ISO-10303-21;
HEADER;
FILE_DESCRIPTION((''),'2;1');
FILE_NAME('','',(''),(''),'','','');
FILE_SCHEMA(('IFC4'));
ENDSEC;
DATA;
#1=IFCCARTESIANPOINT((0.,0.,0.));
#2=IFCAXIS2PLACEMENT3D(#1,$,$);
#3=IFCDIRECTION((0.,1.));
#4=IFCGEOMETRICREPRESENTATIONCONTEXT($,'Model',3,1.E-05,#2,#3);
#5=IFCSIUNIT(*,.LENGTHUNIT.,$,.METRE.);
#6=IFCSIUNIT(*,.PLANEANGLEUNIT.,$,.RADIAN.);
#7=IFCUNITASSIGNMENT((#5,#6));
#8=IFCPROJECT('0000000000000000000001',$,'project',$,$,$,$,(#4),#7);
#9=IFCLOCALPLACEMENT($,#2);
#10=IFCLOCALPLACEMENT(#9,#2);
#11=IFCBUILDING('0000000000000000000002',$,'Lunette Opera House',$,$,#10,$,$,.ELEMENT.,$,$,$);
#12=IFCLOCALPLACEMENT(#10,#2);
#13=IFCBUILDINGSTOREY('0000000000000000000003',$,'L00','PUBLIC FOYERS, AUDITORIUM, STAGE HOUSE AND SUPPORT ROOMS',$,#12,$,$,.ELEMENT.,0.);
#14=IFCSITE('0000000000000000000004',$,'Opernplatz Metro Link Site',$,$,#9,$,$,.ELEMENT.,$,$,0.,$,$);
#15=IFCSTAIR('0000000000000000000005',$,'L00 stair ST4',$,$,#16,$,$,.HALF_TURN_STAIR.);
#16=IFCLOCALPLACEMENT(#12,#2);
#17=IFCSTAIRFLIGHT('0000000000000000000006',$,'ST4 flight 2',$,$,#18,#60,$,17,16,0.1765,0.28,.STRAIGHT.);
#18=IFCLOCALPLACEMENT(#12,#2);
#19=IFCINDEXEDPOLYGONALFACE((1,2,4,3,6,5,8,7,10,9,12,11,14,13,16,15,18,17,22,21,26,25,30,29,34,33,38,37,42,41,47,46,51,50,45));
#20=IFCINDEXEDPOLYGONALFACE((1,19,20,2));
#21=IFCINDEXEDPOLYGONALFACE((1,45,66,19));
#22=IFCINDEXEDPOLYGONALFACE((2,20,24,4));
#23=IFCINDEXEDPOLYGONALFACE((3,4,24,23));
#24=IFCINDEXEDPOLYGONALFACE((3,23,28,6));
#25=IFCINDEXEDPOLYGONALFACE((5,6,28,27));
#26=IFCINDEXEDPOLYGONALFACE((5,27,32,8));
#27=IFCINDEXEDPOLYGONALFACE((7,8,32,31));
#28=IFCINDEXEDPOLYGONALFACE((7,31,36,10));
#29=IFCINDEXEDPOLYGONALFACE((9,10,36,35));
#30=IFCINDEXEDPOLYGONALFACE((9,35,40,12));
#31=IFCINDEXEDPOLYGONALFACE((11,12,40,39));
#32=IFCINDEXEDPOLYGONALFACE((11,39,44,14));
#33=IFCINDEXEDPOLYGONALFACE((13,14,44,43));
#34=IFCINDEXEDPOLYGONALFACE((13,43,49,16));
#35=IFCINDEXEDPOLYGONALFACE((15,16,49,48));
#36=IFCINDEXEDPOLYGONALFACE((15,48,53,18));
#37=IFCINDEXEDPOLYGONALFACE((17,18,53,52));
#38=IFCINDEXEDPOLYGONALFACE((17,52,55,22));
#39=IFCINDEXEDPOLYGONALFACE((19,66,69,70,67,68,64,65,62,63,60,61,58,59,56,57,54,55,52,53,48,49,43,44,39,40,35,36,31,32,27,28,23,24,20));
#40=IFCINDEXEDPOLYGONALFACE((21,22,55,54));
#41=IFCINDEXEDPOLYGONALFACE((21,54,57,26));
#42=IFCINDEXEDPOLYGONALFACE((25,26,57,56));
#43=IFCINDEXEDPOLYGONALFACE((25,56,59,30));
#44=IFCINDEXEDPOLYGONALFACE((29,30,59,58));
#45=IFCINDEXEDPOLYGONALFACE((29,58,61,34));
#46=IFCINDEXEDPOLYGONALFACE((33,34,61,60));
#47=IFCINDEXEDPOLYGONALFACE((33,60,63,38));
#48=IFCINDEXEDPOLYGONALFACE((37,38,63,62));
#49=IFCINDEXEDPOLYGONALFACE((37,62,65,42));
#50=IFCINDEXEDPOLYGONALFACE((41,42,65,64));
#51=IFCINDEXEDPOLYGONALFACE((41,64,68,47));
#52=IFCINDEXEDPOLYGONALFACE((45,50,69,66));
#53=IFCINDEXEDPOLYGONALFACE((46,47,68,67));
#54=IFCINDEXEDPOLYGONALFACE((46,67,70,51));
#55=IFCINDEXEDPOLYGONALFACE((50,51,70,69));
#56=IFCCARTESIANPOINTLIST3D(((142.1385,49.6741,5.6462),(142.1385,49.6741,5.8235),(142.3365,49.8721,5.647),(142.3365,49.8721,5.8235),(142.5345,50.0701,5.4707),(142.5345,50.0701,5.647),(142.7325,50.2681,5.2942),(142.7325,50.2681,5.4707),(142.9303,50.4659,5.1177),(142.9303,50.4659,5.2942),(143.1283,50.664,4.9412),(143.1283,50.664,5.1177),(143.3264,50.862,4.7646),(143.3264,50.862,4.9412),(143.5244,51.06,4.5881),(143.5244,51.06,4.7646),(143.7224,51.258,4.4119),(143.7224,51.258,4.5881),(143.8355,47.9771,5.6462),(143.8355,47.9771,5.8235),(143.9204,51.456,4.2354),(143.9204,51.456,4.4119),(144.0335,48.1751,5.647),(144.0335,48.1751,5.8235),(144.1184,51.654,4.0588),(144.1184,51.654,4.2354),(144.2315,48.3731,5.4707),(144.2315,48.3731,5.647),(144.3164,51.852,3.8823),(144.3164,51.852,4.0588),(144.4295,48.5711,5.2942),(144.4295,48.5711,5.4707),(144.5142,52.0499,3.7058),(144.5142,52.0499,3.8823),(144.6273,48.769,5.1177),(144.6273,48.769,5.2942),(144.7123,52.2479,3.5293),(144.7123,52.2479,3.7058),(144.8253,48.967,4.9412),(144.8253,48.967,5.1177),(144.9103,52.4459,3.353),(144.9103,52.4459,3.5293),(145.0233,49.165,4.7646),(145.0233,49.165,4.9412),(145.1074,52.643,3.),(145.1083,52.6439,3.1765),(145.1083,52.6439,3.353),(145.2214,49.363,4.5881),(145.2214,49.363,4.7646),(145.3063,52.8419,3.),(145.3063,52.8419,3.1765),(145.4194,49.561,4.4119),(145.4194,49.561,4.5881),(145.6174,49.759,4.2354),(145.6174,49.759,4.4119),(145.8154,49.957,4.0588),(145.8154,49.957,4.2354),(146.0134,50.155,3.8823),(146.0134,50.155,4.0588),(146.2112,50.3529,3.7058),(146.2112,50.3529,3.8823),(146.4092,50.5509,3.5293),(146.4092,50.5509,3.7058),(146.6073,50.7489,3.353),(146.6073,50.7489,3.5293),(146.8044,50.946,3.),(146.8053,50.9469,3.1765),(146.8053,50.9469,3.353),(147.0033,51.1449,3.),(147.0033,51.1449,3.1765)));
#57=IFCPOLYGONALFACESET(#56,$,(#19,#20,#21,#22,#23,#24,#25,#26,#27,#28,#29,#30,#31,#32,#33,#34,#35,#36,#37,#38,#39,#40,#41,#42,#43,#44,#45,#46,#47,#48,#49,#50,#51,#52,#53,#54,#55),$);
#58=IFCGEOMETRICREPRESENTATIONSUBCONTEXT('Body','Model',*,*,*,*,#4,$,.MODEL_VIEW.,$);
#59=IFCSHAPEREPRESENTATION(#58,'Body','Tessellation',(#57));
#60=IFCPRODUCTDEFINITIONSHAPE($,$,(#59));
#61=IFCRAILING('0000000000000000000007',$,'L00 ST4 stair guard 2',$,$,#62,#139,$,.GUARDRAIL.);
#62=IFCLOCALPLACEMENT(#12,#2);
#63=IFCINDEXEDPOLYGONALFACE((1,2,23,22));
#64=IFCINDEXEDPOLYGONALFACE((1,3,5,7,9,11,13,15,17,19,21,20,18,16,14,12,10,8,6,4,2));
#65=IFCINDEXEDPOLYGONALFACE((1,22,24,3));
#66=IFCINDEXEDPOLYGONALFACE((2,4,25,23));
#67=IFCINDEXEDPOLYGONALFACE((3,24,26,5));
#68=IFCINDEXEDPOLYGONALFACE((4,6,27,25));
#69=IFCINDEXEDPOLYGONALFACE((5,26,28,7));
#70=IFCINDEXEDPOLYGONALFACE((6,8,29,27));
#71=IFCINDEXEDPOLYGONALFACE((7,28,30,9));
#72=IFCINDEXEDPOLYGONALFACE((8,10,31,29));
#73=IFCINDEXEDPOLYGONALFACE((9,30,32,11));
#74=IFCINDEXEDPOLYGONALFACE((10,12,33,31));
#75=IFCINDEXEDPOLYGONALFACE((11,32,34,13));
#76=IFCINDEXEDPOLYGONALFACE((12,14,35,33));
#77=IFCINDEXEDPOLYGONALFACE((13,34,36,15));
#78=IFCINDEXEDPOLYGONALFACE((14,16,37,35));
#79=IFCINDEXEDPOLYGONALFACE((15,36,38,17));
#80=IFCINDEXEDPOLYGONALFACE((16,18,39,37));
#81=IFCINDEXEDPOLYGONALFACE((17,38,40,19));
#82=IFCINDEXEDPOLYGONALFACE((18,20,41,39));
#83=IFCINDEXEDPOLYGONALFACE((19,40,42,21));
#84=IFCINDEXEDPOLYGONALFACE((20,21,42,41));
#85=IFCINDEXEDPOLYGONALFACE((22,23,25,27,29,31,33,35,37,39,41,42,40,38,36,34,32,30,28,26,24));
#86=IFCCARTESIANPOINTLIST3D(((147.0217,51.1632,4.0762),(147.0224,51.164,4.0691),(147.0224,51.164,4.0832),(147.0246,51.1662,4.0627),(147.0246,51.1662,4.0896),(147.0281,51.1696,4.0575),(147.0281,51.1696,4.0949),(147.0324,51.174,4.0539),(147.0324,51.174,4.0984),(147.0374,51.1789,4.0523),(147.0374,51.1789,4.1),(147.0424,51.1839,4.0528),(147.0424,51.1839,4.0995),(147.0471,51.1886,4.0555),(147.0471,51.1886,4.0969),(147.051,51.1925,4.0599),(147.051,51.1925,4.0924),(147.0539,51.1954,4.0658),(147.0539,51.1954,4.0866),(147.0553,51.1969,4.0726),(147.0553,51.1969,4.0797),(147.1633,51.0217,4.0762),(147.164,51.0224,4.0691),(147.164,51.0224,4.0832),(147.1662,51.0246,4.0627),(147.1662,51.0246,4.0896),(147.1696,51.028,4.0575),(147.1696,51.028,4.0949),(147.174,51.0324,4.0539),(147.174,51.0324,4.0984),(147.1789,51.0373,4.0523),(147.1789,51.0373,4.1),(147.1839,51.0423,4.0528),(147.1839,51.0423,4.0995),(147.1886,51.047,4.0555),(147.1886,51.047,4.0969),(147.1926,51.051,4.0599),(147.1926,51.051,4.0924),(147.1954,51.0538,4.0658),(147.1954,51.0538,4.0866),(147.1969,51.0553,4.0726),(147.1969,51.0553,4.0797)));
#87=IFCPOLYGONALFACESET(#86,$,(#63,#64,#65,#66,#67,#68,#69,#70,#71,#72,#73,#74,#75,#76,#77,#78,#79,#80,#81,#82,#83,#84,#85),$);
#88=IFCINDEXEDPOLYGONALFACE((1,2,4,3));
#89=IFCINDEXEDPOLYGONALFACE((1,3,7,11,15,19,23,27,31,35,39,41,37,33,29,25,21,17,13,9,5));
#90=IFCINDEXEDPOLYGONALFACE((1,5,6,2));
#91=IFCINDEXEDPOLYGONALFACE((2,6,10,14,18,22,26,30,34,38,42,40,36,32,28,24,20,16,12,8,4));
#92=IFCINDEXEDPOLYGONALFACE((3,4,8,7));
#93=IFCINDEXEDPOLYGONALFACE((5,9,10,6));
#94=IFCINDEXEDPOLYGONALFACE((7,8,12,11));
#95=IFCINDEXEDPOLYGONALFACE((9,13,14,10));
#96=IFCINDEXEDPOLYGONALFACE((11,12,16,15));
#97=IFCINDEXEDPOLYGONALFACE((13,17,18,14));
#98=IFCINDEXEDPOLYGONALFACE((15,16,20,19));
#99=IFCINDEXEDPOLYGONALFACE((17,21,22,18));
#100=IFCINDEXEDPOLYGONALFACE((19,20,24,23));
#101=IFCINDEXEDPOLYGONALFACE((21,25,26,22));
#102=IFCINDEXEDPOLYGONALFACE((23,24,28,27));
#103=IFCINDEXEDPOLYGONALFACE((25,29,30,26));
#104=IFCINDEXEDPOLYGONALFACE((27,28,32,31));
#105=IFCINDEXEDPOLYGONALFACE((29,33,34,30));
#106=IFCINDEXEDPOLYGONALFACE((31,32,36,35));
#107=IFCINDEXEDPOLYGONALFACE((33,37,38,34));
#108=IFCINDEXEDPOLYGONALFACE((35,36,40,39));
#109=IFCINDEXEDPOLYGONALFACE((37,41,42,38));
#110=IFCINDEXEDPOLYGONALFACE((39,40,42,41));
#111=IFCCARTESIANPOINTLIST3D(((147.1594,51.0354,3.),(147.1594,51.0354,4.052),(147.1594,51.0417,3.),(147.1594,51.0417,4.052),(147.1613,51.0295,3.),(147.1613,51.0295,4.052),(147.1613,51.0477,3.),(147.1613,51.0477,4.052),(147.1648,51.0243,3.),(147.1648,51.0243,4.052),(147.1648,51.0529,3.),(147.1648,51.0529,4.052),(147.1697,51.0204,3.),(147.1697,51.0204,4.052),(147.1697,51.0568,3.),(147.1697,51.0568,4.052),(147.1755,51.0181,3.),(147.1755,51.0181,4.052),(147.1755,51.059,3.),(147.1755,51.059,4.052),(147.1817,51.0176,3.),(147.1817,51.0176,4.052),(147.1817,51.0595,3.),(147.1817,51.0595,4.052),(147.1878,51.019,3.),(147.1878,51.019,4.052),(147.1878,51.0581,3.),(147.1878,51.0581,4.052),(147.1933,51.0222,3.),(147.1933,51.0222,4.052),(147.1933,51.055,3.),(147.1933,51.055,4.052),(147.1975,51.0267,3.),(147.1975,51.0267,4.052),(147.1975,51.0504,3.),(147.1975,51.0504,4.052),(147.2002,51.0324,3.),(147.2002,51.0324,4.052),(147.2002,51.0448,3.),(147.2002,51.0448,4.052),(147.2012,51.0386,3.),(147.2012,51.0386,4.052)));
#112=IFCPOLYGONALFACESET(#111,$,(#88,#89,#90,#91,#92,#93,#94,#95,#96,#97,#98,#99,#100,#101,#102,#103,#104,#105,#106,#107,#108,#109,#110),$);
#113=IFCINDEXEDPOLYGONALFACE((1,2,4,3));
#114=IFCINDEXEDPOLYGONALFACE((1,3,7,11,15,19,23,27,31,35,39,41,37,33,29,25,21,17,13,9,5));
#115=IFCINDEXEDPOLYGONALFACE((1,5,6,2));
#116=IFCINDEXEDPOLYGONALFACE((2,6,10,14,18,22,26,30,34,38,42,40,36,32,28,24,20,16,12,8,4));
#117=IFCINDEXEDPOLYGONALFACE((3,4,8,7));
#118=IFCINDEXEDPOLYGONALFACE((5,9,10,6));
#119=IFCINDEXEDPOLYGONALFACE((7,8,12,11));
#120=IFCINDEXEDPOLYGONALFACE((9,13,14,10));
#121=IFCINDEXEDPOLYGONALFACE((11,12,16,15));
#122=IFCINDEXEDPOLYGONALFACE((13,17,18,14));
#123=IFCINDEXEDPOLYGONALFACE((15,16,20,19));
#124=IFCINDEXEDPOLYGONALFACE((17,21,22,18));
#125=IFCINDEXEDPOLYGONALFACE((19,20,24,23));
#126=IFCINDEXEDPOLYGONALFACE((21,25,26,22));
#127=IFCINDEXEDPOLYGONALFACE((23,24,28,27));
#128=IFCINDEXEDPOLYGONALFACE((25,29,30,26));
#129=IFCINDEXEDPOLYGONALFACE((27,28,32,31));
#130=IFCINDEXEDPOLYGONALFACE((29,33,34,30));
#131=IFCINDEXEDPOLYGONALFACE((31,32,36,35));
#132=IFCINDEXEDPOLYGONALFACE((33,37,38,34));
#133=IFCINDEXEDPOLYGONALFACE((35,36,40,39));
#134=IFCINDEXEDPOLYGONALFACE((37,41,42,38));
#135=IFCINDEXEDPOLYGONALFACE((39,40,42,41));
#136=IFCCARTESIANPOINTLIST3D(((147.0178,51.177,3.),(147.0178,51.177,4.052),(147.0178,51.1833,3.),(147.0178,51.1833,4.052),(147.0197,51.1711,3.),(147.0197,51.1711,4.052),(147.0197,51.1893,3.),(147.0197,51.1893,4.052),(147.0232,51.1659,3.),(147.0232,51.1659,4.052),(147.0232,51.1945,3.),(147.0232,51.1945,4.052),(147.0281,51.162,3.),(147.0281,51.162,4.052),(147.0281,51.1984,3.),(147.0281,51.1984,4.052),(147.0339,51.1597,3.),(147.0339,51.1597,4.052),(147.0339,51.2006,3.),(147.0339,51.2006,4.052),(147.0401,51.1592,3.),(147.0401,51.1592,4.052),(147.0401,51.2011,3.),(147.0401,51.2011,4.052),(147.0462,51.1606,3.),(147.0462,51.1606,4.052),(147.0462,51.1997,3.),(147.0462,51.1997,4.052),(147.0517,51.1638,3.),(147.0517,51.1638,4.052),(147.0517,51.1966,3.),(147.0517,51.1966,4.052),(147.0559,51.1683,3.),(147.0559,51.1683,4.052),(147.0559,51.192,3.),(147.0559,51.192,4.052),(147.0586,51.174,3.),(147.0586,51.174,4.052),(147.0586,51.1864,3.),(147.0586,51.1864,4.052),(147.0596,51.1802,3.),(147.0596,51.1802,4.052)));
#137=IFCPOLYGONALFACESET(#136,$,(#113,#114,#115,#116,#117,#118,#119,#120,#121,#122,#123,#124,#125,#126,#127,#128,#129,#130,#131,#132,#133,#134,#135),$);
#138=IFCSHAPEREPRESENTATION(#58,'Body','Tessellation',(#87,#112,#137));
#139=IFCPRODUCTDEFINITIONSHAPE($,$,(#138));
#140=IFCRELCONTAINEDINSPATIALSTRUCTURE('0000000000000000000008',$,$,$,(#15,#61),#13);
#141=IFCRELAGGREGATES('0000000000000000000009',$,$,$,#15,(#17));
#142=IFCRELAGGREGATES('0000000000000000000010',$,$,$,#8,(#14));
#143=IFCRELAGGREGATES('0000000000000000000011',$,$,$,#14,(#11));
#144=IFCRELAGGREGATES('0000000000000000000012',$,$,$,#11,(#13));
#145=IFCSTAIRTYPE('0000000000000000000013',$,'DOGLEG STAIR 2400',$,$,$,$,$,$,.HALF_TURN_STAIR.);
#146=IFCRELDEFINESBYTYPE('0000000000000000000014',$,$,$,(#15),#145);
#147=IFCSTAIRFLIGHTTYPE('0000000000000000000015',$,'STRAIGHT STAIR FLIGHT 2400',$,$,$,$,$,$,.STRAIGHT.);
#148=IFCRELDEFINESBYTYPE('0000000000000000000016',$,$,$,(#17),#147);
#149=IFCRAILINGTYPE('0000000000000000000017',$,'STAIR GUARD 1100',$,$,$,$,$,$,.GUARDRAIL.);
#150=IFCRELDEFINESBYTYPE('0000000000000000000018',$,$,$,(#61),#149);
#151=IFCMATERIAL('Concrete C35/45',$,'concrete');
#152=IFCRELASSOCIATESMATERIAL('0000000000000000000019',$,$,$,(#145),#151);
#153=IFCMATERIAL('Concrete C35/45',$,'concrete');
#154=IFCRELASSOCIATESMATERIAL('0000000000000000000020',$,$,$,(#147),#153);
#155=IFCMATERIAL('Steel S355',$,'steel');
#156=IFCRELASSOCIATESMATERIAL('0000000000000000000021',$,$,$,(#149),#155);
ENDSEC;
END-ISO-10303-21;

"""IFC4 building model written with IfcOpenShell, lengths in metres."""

from ifc_helpers import new_model, si_unit, direction, frame, origin, origin_2d, place, context, subcontext, project, spatial, polyline, circle, outline, extrude, material, type_object, element, aggregate, save


model = new_model("IFC4")

# Units and contexts
model_context = context("Model", 3, precision=1e-05, world=origin(), true_north=direction((0.0, 1.0)))
body_context = subcontext(model_context, "Body", "Model", "MODEL_VIEW")
ifc_project = project(units=[si_unit("LENGTHUNIT", "METRE"), si_unit("PLANEANGLEUNIT", "RADIAN")], contexts=[model_context])

# Site, building, storey
site_placement = place(None, origin())
site = spatial("IfcSite", under=ifc_project, at=site_placement, Name="Opernplatz Metro Link Site", CompositionType="ELEMENT", RefElevation=0.0)
building_placement = place(site_placement, origin())
building = spatial("IfcBuilding", under=site, at=building_placement, Name="Lunette Opera House", CompositionType="ELEMENT")
storey_placement = place(building_placement, origin())
storey = spatial("IfcBuildingStorey", under=building, at=storey_placement, Name="L00", Description="PUBLIC FOYERS, AUDITORIUM, STAGE HOUSE AND SUPPORT ROOMS", CompositionType="ELEMENT", Elevation=0.0)

# Stair, stair flight
ifc_material_1 = material(Name="Concrete C35/45", Category="concrete")
stair_type = type_object("IfcStairType", Name="DOGLEG STAIR 2400", PredefinedType="HALF_TURN_STAIR", material=ifc_material_1)
stair_placement = place(storey_placement, origin())
stair = element("IfcStair", 1, at=stair_placement, inside=storey, type_object=stair_type, Name="L00 stair ST4", PredefinedType="HALF_TURN_STAIR")
ifc_material_2 = material(Name="Concrete C35/45", Category="concrete")
stair_flight_type = type_object("IfcStairFlightType", Name="STRAIGHT STAIR FLIGHT 2400", PredefinedType="STRAIGHT", material=ifc_material_2)
stair_flight_placement = place(storey_placement, frame((146.1548, 51.9934, 3.0), z_axis=(0.0, 0.0, 1.0), x_axis=(-0.707107, -0.707107, 0.0)))
stair_flight = element("IfcStairFlight", 2, at=stair_flight_placement, type_object=stair_flight_type, Name="ST4 flight 2", NumberOfRisers=17, NumberOfTreads=16, PredefinedType="STRAIGHT", RiserHeight=0.1765, TreadLength=0.28, context=body_context, shape_type="SweptSolid", body=[
    extrude(outline(polyline([(0.0, 0.0), (0.0, 0.1765), (0.28, 0.1765), (0.28, 0.353), (0.5601, 0.353), (0.5601, 0.5293), (0.8401, 0.5293), (0.8401, 0.7058), (1.1201, 0.7058), (1.1201, 0.8823), (1.3999, 0.8823), (1.3999, 1.0588), (1.6799, 1.0588), (1.6799, 1.2354), (1.96, 1.2354), (1.96, 1.4119), (2.24, 1.4119), (2.24, 1.5881), (2.52, 1.5881), (2.52, 1.7646), (2.8, 1.7646), (2.8, 1.9412), (3.0801, 1.9412), (3.0801, 2.1177), (3.3601, 2.1177), (3.3601, 2.2942), (3.6399, 2.2942), (3.6399, 2.4707), (3.9199, 2.4707), (3.9199, 2.647), (4.2, 2.647), (4.2, 2.8235), (4.48, 2.8235), (4.48, 3.0), (4.48, 2.6462), (0.2812, 0.0), (0.0, 0.0)])), frame((0.0, 1.2, 0.0), z_axis=(0.0, -1.0, 0.0), x_axis=(1.0, 0.0, 0.0)), (0.0, 0.0, 1.0), 2.3999),
])
aggregate(stair, [stair_flight])

# Railing
ifc_material_3 = material(Name="Steel S355", Category="steel")
railing_type_1 = type_object("IfcRailingType", Name="STAIR GUARD 1100", PredefinedType="GUARDRAIL", material=ifc_material_3)
railing_1_placement = place(storey_placement, frame((147.1802, 51.0386, 3.0)))
element("IfcRailing", 3, at=railing_1_placement, inside=storey, type_object=railing_type_1, Name="L00 ST4 stair guard 2", PredefinedType="GUARDRAIL", context=body_context, shape_type="SweptSolid", body=[
    extrude(circle(Radius=0.0239, at=origin_2d()), frame((0.0, 0.0, 1.0762), z_axis=(-0.707107, 0.707107, 0.0), x_axis=(-0.707107, -0.707107, 0.0)), (0.0, 0.0, 1.0), 0.2002),
    extrude(circle(Radius=0.021, at=origin_2d()), origin(), (0.0, 0.0, 1.0), 1.052),
    extrude(circle(Radius=0.021, at=origin_2d()), frame((-0.1416, 0.1416, 0.0)), (0.0, 0.0, 1.0), 1.052),
])

save(model, "model.ifc")
